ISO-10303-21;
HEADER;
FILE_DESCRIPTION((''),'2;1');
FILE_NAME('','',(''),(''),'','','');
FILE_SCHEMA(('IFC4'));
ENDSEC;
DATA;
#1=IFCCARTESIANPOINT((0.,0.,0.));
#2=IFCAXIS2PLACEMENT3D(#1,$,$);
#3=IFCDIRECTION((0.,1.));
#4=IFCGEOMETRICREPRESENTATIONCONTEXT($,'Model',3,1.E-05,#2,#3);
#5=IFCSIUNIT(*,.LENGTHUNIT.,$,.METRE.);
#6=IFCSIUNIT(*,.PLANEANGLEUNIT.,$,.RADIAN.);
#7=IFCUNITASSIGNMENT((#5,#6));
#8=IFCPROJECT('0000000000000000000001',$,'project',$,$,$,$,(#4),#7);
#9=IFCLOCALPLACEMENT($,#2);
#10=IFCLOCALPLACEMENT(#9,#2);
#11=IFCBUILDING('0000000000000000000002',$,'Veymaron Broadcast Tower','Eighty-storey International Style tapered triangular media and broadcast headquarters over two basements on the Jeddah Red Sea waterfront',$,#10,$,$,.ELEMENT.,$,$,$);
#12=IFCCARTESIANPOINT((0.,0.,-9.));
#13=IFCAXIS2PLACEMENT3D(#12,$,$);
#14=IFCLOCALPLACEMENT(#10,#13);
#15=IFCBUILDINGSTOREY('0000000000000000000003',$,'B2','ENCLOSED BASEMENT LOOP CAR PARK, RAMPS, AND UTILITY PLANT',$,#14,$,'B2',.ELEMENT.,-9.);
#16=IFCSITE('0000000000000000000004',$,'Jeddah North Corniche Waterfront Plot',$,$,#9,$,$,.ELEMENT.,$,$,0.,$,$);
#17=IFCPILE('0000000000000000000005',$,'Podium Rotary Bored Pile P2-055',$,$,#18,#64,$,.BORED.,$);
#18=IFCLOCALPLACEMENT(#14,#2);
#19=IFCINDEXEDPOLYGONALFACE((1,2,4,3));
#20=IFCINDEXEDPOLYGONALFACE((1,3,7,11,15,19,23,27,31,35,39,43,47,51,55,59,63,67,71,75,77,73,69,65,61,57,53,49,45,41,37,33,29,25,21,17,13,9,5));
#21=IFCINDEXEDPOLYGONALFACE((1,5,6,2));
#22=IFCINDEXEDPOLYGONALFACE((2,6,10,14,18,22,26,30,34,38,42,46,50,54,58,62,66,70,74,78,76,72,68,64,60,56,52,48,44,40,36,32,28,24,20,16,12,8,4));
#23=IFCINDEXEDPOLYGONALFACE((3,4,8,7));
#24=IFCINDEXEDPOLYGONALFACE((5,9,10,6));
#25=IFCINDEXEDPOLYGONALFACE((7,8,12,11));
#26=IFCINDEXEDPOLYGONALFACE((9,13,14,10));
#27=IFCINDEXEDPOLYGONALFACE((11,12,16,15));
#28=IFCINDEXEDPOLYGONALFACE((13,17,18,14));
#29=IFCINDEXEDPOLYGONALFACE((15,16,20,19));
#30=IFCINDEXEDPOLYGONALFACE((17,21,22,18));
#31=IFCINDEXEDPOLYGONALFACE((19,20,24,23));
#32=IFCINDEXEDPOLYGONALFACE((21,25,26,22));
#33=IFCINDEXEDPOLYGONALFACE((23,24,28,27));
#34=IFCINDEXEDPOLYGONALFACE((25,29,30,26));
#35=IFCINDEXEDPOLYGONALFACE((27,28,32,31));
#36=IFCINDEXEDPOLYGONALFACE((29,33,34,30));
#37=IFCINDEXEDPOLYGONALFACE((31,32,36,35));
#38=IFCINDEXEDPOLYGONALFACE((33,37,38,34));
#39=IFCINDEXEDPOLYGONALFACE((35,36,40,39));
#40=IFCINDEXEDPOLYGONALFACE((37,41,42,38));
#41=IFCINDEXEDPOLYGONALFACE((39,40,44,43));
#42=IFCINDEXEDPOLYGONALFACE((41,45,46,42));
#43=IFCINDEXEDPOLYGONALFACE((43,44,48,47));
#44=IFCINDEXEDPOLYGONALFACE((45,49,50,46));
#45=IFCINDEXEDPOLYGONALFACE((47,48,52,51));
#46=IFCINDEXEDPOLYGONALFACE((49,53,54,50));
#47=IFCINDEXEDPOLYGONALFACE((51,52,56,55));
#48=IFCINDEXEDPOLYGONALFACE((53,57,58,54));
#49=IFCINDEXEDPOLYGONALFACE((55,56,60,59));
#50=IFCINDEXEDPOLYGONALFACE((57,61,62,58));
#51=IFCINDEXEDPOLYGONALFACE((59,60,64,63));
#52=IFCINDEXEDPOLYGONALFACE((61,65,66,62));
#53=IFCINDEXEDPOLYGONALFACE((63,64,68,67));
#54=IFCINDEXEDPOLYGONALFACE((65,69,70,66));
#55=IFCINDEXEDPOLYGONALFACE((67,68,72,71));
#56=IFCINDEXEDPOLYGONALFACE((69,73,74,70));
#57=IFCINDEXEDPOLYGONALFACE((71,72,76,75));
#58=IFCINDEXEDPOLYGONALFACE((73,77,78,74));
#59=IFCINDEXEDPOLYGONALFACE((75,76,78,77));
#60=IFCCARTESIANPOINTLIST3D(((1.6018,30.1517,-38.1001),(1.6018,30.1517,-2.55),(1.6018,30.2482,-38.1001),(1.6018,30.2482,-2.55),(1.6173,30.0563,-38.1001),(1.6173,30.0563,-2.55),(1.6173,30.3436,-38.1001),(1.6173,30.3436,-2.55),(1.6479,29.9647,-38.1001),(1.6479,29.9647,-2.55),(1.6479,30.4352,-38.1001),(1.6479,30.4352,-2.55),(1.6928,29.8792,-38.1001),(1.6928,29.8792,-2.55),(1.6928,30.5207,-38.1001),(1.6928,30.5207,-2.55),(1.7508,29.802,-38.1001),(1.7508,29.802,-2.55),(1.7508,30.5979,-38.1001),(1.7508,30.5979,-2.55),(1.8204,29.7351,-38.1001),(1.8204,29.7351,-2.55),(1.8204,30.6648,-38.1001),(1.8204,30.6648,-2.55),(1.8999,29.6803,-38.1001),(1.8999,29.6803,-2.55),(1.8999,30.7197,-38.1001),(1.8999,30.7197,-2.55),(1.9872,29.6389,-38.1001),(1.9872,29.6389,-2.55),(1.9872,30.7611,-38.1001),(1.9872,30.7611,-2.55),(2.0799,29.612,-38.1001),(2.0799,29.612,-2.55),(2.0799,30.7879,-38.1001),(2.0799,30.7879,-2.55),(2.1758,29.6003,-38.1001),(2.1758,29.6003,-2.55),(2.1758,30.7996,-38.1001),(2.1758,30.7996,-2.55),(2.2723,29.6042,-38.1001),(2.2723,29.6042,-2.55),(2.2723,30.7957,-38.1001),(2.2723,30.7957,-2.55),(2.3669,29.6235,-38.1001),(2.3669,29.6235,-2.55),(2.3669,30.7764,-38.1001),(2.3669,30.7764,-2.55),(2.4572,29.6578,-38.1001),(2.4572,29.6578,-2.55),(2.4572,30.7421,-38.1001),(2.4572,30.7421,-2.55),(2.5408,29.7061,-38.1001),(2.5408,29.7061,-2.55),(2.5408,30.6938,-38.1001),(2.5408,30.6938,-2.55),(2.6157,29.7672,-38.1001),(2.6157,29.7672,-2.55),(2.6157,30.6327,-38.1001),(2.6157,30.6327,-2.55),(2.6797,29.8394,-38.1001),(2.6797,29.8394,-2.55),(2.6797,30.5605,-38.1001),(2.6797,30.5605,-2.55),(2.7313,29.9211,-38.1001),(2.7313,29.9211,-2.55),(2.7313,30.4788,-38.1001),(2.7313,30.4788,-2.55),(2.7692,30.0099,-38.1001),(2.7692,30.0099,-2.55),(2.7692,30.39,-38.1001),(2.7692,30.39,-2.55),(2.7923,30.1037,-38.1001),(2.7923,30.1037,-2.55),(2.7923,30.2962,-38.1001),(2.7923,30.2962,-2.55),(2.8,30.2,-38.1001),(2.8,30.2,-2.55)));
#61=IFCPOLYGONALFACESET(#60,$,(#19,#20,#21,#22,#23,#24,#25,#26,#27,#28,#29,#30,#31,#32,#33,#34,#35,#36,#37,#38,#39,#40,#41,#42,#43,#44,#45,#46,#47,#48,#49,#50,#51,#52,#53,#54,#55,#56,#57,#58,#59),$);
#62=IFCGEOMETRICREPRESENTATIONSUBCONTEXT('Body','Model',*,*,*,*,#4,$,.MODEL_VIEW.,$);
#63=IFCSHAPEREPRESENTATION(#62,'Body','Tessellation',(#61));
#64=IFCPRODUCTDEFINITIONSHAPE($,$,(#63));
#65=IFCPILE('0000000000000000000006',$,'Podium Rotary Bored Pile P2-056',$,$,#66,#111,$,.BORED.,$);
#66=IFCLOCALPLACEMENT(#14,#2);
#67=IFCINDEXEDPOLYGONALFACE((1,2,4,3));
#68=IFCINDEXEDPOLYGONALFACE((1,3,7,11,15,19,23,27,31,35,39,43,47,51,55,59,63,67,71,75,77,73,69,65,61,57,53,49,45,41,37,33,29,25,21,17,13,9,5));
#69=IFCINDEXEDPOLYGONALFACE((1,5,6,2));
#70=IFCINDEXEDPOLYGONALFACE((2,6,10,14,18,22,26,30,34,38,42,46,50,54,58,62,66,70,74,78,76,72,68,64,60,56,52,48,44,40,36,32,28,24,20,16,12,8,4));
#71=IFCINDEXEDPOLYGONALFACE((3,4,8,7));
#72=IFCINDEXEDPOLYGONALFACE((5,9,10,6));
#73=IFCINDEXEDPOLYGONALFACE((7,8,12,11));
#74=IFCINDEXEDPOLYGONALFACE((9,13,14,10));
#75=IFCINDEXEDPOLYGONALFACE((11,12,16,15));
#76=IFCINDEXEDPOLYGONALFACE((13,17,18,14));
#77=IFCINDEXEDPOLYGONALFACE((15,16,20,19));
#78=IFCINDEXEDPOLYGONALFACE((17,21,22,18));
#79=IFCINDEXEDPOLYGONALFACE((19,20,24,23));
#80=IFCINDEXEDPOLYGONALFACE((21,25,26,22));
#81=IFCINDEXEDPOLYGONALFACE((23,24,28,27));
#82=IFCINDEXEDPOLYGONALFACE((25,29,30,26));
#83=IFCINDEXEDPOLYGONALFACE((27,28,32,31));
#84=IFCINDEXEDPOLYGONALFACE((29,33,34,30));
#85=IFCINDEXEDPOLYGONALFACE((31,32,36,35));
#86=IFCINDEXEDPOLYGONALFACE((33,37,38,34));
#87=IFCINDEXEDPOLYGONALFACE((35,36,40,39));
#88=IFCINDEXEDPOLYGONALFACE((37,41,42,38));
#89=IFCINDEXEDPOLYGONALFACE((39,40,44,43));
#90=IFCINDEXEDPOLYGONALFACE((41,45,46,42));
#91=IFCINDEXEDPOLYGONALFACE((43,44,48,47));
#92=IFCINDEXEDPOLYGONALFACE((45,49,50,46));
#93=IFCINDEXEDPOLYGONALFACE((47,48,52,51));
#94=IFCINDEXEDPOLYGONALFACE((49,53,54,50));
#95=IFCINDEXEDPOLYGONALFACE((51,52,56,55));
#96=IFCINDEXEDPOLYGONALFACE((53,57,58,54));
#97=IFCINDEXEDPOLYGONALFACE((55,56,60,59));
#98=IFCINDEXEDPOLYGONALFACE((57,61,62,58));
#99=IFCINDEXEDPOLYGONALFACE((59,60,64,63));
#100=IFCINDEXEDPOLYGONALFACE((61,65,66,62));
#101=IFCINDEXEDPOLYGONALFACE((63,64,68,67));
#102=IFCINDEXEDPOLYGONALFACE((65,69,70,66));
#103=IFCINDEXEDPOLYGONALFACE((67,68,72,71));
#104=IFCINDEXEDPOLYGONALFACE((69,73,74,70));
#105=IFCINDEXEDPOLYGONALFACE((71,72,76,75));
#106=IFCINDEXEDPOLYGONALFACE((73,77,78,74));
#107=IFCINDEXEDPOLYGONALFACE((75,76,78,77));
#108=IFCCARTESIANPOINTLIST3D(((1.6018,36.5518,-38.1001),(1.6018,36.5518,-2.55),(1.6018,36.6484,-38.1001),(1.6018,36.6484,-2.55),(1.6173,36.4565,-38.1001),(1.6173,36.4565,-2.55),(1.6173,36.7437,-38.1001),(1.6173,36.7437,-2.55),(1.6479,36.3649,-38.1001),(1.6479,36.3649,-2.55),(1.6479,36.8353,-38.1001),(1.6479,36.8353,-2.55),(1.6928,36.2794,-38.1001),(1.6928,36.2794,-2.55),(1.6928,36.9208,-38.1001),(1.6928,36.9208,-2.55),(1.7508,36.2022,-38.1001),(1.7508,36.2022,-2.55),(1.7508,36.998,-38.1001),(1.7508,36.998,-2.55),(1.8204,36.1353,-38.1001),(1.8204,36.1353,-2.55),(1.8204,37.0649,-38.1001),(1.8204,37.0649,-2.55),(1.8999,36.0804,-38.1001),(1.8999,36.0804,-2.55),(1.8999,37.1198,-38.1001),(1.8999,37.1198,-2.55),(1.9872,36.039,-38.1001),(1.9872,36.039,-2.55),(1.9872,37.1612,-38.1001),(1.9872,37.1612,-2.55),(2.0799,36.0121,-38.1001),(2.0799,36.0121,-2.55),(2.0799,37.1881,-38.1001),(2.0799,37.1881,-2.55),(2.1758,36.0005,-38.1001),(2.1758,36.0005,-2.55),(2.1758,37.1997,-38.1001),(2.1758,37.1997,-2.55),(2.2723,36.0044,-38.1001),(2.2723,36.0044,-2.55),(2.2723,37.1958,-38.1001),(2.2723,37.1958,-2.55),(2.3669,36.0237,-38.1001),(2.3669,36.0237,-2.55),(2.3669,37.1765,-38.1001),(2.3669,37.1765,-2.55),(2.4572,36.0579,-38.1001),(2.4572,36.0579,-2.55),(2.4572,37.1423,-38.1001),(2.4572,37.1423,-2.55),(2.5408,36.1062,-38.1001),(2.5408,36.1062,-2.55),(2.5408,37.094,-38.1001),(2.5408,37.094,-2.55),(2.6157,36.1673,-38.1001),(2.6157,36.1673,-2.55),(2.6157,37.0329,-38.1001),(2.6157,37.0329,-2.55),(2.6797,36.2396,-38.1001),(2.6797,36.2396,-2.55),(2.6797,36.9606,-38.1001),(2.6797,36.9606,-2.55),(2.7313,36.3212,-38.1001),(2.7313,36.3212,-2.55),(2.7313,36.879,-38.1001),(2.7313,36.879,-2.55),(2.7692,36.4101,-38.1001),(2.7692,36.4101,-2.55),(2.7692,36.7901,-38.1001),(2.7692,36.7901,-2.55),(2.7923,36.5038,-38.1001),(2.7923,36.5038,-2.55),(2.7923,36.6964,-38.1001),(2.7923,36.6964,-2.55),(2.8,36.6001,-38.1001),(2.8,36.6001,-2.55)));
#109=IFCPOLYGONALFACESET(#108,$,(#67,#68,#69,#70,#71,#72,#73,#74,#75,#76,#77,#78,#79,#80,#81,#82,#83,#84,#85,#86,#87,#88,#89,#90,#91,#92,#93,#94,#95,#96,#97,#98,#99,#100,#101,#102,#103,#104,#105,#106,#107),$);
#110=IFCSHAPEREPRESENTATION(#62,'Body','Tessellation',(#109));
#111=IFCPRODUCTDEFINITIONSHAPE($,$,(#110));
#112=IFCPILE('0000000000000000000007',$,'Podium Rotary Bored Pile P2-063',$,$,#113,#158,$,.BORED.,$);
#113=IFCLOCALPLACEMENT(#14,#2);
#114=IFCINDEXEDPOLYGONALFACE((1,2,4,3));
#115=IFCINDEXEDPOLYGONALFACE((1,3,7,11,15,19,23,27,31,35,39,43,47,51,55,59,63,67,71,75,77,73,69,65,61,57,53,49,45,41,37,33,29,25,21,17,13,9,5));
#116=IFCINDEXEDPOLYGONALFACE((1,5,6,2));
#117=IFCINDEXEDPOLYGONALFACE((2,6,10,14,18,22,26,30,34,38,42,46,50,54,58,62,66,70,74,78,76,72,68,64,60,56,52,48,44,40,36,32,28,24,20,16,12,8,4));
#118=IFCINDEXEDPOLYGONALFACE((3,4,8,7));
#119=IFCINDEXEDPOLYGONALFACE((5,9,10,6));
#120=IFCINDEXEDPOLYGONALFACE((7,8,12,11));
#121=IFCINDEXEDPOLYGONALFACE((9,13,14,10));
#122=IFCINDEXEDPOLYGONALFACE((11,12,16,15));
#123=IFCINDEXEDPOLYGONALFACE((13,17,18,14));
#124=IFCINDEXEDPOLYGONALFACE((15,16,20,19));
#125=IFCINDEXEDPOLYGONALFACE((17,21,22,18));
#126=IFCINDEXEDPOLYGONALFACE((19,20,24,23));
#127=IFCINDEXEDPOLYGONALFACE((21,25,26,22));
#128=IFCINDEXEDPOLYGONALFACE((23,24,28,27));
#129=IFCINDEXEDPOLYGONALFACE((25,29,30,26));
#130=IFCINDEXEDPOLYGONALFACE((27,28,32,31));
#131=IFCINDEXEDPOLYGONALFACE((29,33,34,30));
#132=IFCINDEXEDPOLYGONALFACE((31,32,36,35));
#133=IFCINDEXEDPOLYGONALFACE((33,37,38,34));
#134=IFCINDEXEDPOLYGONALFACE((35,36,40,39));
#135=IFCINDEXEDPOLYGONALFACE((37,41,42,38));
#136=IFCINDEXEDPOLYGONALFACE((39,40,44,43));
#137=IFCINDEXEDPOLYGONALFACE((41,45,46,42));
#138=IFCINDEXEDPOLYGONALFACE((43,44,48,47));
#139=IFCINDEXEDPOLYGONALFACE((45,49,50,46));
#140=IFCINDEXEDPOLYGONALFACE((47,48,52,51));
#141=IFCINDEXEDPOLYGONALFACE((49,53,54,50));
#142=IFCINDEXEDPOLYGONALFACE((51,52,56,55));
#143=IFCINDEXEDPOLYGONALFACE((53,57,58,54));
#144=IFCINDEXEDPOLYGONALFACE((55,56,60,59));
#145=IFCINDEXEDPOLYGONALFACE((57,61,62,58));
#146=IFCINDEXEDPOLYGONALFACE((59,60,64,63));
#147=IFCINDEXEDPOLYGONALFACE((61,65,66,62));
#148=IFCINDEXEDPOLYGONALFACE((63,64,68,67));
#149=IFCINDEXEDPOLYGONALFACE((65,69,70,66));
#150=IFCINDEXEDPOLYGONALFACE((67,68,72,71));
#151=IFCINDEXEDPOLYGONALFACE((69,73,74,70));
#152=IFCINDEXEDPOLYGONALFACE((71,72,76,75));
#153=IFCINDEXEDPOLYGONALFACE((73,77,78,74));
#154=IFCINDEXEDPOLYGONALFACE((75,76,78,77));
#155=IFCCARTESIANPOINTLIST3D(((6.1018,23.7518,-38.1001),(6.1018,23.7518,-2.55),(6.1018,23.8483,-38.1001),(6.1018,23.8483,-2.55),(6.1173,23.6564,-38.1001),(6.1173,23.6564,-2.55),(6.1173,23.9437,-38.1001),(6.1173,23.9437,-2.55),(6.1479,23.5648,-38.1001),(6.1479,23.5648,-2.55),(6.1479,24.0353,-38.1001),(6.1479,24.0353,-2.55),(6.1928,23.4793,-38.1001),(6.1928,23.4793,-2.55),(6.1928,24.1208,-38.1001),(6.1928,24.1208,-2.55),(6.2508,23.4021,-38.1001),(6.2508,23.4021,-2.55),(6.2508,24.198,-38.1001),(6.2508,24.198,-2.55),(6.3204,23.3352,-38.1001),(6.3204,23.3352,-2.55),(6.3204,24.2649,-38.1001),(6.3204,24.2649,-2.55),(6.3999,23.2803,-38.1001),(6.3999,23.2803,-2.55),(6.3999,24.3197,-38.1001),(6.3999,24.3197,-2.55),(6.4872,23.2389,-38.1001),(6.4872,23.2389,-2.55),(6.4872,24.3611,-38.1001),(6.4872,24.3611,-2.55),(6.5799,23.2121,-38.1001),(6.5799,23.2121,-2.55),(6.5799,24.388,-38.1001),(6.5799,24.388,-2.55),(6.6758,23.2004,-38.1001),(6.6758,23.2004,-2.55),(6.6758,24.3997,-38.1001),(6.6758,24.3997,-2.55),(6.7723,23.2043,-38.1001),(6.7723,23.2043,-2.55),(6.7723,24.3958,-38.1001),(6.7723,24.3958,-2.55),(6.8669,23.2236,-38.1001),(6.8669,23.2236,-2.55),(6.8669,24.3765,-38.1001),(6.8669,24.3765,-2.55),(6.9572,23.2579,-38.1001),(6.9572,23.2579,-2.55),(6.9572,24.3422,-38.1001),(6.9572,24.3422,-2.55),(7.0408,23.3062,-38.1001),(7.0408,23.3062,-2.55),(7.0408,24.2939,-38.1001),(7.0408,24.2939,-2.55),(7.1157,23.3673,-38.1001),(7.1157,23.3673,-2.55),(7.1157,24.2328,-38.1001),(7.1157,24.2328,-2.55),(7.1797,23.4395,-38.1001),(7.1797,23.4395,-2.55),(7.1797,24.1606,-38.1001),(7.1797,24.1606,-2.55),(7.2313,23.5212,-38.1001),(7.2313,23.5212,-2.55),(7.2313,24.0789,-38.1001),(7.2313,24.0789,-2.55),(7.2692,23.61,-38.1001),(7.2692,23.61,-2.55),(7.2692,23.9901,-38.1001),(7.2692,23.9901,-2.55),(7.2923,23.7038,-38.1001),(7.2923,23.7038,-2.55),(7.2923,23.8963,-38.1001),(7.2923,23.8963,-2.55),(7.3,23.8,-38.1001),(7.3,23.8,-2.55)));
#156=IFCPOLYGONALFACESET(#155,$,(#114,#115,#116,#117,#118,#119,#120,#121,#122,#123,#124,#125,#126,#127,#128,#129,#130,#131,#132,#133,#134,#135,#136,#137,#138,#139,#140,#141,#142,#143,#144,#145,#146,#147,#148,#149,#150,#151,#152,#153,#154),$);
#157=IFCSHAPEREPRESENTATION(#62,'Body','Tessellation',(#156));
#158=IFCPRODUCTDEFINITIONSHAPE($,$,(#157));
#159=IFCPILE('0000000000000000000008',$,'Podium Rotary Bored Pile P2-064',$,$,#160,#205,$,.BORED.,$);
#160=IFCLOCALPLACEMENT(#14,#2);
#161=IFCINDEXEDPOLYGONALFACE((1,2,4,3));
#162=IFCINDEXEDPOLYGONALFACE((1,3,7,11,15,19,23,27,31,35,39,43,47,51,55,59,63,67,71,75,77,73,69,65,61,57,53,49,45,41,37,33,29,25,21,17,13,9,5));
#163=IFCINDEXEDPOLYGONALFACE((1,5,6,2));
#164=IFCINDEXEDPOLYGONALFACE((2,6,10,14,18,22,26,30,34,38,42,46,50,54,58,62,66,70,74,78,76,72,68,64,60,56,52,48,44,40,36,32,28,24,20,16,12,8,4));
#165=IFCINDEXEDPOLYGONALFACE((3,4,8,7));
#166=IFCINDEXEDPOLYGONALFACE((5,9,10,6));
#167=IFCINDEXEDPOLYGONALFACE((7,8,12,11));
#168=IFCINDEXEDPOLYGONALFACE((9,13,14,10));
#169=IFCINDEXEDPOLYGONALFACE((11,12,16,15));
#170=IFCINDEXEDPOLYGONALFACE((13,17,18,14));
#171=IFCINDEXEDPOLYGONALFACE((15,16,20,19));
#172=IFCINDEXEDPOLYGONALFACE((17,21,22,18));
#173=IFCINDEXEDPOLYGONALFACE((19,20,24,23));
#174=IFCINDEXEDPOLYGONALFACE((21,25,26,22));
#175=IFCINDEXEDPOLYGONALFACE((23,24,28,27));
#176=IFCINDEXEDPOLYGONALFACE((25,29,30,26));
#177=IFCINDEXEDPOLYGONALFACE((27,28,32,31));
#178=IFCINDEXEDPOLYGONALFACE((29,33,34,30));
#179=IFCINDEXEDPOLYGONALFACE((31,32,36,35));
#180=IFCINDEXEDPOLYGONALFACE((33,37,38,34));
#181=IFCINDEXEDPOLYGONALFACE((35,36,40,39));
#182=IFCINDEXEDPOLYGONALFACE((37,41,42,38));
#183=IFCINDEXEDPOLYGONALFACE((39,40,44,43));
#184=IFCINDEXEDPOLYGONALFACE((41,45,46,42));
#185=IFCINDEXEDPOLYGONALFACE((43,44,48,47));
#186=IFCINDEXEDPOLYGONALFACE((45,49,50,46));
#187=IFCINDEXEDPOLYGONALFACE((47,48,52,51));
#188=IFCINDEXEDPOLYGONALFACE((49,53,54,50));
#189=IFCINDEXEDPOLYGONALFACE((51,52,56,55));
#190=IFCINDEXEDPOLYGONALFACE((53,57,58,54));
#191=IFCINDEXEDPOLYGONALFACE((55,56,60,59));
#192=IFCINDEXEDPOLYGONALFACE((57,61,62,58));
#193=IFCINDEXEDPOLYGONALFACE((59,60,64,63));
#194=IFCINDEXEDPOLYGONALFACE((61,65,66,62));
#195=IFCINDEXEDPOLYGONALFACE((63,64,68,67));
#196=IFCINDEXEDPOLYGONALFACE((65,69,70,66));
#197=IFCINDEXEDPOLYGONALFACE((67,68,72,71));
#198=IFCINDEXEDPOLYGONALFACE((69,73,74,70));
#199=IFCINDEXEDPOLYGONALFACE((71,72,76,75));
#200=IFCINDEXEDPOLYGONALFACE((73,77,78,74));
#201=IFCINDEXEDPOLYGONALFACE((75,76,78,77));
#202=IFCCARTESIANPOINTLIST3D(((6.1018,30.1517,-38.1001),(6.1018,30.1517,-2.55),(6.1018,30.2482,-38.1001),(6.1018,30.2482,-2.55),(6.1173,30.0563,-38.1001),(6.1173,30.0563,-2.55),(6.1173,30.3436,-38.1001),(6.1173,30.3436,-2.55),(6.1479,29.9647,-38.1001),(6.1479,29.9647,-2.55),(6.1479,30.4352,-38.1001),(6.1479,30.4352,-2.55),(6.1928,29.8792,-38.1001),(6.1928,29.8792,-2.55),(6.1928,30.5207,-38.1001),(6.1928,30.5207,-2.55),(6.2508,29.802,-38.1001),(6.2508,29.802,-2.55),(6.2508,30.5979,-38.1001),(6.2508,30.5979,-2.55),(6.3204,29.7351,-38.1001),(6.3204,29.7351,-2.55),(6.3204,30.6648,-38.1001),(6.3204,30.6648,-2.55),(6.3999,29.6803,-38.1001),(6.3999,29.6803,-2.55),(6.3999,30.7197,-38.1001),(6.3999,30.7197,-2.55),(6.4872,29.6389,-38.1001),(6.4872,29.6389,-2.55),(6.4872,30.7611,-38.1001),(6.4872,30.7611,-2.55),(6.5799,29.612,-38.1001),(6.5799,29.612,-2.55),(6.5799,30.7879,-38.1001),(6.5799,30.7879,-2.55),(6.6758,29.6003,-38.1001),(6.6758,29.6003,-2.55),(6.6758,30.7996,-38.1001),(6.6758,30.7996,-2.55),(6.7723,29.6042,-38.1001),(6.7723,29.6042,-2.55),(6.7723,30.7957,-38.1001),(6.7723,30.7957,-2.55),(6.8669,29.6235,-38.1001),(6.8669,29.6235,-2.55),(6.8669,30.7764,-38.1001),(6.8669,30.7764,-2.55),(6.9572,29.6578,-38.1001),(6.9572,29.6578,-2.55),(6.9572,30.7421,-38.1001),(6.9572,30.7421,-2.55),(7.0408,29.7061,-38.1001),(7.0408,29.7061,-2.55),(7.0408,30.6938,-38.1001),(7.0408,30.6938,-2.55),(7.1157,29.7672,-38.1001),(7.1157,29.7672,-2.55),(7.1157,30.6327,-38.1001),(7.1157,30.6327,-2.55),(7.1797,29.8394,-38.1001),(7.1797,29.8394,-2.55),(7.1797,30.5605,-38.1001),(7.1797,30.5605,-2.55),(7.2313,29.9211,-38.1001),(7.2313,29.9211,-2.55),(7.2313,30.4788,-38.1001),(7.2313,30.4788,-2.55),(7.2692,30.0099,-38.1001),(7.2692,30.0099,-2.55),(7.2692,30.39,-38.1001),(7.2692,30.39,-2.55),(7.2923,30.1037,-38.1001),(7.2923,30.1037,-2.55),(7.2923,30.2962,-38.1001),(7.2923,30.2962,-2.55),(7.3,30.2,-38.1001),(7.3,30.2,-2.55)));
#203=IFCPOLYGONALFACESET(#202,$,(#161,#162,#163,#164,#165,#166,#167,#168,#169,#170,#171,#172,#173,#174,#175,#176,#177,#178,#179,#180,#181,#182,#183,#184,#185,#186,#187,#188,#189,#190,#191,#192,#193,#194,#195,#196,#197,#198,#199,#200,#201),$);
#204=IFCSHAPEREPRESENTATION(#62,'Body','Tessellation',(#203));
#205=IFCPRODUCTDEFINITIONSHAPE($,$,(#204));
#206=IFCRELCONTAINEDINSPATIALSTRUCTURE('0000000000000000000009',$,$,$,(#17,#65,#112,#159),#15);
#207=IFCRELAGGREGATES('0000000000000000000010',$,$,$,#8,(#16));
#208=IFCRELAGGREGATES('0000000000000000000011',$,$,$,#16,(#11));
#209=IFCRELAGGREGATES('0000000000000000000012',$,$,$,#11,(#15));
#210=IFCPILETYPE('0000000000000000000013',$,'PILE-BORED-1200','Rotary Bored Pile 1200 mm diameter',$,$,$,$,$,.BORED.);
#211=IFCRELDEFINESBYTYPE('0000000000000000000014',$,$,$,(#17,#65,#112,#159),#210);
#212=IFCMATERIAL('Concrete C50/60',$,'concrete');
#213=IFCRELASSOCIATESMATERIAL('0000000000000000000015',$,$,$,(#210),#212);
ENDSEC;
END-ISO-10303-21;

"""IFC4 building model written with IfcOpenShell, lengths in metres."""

from ifc_helpers import new_model, si_unit, direction, frame, origin, origin_2d, place, context, subcontext, project, spatial, circle, extrude, material, material_profile, profile_set, type_object, element, save


model = new_model("IFC4")

# Units and contexts
model_context = context("Model", 3, precision=1e-05, world=origin(), true_north=direction((0.0, 1.0)))
body_context = subcontext(model_context, "Body", "Model", "MODEL_VIEW")
ifc_project = project(units=[si_unit("LENGTHUNIT", "METRE"), si_unit("PLANEANGLEUNIT", "RADIAN")], contexts=[model_context])

# Site, building, storey
site_placement = place(None, origin())
site = spatial("IfcSite", under=ifc_project, at=site_placement, Name="Jeddah North Corniche Waterfront Plot", CompositionType="ELEMENT", RefElevation=0.0)
building_placement = place(site_placement, origin())
building = spatial("IfcBuilding", under=site, at=building_placement, Name="Veymaron Broadcast Tower", Description="Eighty-storey International Style tapered triangular media and broadcast headquarters over two basements on the Jeddah Red Sea waterfront", CompositionType="ELEMENT")
storey_placement = place(building_placement, frame((0.0, 0.0, -9.0)))
storey = spatial("IfcBuildingStorey", under=building, at=storey_placement, Name="B2", Description="ENCLOSED BASEMENT LOOP CAR PARK, RAMPS, AND UTILITY PLANT", LongName="B2", CompositionType="ELEMENT", Elevation=-9.0)

# Piles
ifc_material_1 = material(Name="Concrete C50/60", Category="concrete")
ifc_material_profile_1 = material_profile(ifc_material_1, circle(Radius=0.6001, at=origin_2d()), Name="PILE1200")
ifc_profile_set_1 = profile_set([ifc_material_profile_1], Name="Concrete C50/60")
pile_type = type_object("IfcPileType", Name="PILE-BORED-1200", Description="Rotary Bored Pile 1200 mm diameter", PredefinedType="BORED", material=ifc_profile_set_1)
for number, where, z_axis, x_axis, name in (
    (1, (2.2, 30.2, -2.55), (0.0, 0.0, -1.0), (1.0, 0.0, 0.0), "Podium Rotary Bored Pile P2-055"),
    (2, (2.2, 36.6001, -2.55), (0.0, 0.0, -1.0), (1.0, 0.0, 0.0), "Podium Rotary Bored Pile P2-056"),
    (3, (6.7, 23.8, -2.55), (0.0, 0.0, -1.0), (1.0, 0.0, 0.0), "Podium Rotary Bored Pile P2-063"),
    (4, (6.7, 30.2, -2.55), (0.0, 0.0, -1.0), (1.0, 0.0, 0.0), "Podium Rotary Bored Pile P2-064"),
):
    element("IfcPile", number, at=place(storey_placement, frame(where, z_axis=z_axis, x_axis=x_axis)), inside=storey, type_object=pile_type, Name=name, PredefinedType="BORED", context=body_context, shape_type="SweptSolid", body=[
        extrude(circle(Radius=0.6001, at=origin_2d()), origin(), (0.0, 0.0, 1.0), 35.55),
    ])

save(model, "model.ifc")
